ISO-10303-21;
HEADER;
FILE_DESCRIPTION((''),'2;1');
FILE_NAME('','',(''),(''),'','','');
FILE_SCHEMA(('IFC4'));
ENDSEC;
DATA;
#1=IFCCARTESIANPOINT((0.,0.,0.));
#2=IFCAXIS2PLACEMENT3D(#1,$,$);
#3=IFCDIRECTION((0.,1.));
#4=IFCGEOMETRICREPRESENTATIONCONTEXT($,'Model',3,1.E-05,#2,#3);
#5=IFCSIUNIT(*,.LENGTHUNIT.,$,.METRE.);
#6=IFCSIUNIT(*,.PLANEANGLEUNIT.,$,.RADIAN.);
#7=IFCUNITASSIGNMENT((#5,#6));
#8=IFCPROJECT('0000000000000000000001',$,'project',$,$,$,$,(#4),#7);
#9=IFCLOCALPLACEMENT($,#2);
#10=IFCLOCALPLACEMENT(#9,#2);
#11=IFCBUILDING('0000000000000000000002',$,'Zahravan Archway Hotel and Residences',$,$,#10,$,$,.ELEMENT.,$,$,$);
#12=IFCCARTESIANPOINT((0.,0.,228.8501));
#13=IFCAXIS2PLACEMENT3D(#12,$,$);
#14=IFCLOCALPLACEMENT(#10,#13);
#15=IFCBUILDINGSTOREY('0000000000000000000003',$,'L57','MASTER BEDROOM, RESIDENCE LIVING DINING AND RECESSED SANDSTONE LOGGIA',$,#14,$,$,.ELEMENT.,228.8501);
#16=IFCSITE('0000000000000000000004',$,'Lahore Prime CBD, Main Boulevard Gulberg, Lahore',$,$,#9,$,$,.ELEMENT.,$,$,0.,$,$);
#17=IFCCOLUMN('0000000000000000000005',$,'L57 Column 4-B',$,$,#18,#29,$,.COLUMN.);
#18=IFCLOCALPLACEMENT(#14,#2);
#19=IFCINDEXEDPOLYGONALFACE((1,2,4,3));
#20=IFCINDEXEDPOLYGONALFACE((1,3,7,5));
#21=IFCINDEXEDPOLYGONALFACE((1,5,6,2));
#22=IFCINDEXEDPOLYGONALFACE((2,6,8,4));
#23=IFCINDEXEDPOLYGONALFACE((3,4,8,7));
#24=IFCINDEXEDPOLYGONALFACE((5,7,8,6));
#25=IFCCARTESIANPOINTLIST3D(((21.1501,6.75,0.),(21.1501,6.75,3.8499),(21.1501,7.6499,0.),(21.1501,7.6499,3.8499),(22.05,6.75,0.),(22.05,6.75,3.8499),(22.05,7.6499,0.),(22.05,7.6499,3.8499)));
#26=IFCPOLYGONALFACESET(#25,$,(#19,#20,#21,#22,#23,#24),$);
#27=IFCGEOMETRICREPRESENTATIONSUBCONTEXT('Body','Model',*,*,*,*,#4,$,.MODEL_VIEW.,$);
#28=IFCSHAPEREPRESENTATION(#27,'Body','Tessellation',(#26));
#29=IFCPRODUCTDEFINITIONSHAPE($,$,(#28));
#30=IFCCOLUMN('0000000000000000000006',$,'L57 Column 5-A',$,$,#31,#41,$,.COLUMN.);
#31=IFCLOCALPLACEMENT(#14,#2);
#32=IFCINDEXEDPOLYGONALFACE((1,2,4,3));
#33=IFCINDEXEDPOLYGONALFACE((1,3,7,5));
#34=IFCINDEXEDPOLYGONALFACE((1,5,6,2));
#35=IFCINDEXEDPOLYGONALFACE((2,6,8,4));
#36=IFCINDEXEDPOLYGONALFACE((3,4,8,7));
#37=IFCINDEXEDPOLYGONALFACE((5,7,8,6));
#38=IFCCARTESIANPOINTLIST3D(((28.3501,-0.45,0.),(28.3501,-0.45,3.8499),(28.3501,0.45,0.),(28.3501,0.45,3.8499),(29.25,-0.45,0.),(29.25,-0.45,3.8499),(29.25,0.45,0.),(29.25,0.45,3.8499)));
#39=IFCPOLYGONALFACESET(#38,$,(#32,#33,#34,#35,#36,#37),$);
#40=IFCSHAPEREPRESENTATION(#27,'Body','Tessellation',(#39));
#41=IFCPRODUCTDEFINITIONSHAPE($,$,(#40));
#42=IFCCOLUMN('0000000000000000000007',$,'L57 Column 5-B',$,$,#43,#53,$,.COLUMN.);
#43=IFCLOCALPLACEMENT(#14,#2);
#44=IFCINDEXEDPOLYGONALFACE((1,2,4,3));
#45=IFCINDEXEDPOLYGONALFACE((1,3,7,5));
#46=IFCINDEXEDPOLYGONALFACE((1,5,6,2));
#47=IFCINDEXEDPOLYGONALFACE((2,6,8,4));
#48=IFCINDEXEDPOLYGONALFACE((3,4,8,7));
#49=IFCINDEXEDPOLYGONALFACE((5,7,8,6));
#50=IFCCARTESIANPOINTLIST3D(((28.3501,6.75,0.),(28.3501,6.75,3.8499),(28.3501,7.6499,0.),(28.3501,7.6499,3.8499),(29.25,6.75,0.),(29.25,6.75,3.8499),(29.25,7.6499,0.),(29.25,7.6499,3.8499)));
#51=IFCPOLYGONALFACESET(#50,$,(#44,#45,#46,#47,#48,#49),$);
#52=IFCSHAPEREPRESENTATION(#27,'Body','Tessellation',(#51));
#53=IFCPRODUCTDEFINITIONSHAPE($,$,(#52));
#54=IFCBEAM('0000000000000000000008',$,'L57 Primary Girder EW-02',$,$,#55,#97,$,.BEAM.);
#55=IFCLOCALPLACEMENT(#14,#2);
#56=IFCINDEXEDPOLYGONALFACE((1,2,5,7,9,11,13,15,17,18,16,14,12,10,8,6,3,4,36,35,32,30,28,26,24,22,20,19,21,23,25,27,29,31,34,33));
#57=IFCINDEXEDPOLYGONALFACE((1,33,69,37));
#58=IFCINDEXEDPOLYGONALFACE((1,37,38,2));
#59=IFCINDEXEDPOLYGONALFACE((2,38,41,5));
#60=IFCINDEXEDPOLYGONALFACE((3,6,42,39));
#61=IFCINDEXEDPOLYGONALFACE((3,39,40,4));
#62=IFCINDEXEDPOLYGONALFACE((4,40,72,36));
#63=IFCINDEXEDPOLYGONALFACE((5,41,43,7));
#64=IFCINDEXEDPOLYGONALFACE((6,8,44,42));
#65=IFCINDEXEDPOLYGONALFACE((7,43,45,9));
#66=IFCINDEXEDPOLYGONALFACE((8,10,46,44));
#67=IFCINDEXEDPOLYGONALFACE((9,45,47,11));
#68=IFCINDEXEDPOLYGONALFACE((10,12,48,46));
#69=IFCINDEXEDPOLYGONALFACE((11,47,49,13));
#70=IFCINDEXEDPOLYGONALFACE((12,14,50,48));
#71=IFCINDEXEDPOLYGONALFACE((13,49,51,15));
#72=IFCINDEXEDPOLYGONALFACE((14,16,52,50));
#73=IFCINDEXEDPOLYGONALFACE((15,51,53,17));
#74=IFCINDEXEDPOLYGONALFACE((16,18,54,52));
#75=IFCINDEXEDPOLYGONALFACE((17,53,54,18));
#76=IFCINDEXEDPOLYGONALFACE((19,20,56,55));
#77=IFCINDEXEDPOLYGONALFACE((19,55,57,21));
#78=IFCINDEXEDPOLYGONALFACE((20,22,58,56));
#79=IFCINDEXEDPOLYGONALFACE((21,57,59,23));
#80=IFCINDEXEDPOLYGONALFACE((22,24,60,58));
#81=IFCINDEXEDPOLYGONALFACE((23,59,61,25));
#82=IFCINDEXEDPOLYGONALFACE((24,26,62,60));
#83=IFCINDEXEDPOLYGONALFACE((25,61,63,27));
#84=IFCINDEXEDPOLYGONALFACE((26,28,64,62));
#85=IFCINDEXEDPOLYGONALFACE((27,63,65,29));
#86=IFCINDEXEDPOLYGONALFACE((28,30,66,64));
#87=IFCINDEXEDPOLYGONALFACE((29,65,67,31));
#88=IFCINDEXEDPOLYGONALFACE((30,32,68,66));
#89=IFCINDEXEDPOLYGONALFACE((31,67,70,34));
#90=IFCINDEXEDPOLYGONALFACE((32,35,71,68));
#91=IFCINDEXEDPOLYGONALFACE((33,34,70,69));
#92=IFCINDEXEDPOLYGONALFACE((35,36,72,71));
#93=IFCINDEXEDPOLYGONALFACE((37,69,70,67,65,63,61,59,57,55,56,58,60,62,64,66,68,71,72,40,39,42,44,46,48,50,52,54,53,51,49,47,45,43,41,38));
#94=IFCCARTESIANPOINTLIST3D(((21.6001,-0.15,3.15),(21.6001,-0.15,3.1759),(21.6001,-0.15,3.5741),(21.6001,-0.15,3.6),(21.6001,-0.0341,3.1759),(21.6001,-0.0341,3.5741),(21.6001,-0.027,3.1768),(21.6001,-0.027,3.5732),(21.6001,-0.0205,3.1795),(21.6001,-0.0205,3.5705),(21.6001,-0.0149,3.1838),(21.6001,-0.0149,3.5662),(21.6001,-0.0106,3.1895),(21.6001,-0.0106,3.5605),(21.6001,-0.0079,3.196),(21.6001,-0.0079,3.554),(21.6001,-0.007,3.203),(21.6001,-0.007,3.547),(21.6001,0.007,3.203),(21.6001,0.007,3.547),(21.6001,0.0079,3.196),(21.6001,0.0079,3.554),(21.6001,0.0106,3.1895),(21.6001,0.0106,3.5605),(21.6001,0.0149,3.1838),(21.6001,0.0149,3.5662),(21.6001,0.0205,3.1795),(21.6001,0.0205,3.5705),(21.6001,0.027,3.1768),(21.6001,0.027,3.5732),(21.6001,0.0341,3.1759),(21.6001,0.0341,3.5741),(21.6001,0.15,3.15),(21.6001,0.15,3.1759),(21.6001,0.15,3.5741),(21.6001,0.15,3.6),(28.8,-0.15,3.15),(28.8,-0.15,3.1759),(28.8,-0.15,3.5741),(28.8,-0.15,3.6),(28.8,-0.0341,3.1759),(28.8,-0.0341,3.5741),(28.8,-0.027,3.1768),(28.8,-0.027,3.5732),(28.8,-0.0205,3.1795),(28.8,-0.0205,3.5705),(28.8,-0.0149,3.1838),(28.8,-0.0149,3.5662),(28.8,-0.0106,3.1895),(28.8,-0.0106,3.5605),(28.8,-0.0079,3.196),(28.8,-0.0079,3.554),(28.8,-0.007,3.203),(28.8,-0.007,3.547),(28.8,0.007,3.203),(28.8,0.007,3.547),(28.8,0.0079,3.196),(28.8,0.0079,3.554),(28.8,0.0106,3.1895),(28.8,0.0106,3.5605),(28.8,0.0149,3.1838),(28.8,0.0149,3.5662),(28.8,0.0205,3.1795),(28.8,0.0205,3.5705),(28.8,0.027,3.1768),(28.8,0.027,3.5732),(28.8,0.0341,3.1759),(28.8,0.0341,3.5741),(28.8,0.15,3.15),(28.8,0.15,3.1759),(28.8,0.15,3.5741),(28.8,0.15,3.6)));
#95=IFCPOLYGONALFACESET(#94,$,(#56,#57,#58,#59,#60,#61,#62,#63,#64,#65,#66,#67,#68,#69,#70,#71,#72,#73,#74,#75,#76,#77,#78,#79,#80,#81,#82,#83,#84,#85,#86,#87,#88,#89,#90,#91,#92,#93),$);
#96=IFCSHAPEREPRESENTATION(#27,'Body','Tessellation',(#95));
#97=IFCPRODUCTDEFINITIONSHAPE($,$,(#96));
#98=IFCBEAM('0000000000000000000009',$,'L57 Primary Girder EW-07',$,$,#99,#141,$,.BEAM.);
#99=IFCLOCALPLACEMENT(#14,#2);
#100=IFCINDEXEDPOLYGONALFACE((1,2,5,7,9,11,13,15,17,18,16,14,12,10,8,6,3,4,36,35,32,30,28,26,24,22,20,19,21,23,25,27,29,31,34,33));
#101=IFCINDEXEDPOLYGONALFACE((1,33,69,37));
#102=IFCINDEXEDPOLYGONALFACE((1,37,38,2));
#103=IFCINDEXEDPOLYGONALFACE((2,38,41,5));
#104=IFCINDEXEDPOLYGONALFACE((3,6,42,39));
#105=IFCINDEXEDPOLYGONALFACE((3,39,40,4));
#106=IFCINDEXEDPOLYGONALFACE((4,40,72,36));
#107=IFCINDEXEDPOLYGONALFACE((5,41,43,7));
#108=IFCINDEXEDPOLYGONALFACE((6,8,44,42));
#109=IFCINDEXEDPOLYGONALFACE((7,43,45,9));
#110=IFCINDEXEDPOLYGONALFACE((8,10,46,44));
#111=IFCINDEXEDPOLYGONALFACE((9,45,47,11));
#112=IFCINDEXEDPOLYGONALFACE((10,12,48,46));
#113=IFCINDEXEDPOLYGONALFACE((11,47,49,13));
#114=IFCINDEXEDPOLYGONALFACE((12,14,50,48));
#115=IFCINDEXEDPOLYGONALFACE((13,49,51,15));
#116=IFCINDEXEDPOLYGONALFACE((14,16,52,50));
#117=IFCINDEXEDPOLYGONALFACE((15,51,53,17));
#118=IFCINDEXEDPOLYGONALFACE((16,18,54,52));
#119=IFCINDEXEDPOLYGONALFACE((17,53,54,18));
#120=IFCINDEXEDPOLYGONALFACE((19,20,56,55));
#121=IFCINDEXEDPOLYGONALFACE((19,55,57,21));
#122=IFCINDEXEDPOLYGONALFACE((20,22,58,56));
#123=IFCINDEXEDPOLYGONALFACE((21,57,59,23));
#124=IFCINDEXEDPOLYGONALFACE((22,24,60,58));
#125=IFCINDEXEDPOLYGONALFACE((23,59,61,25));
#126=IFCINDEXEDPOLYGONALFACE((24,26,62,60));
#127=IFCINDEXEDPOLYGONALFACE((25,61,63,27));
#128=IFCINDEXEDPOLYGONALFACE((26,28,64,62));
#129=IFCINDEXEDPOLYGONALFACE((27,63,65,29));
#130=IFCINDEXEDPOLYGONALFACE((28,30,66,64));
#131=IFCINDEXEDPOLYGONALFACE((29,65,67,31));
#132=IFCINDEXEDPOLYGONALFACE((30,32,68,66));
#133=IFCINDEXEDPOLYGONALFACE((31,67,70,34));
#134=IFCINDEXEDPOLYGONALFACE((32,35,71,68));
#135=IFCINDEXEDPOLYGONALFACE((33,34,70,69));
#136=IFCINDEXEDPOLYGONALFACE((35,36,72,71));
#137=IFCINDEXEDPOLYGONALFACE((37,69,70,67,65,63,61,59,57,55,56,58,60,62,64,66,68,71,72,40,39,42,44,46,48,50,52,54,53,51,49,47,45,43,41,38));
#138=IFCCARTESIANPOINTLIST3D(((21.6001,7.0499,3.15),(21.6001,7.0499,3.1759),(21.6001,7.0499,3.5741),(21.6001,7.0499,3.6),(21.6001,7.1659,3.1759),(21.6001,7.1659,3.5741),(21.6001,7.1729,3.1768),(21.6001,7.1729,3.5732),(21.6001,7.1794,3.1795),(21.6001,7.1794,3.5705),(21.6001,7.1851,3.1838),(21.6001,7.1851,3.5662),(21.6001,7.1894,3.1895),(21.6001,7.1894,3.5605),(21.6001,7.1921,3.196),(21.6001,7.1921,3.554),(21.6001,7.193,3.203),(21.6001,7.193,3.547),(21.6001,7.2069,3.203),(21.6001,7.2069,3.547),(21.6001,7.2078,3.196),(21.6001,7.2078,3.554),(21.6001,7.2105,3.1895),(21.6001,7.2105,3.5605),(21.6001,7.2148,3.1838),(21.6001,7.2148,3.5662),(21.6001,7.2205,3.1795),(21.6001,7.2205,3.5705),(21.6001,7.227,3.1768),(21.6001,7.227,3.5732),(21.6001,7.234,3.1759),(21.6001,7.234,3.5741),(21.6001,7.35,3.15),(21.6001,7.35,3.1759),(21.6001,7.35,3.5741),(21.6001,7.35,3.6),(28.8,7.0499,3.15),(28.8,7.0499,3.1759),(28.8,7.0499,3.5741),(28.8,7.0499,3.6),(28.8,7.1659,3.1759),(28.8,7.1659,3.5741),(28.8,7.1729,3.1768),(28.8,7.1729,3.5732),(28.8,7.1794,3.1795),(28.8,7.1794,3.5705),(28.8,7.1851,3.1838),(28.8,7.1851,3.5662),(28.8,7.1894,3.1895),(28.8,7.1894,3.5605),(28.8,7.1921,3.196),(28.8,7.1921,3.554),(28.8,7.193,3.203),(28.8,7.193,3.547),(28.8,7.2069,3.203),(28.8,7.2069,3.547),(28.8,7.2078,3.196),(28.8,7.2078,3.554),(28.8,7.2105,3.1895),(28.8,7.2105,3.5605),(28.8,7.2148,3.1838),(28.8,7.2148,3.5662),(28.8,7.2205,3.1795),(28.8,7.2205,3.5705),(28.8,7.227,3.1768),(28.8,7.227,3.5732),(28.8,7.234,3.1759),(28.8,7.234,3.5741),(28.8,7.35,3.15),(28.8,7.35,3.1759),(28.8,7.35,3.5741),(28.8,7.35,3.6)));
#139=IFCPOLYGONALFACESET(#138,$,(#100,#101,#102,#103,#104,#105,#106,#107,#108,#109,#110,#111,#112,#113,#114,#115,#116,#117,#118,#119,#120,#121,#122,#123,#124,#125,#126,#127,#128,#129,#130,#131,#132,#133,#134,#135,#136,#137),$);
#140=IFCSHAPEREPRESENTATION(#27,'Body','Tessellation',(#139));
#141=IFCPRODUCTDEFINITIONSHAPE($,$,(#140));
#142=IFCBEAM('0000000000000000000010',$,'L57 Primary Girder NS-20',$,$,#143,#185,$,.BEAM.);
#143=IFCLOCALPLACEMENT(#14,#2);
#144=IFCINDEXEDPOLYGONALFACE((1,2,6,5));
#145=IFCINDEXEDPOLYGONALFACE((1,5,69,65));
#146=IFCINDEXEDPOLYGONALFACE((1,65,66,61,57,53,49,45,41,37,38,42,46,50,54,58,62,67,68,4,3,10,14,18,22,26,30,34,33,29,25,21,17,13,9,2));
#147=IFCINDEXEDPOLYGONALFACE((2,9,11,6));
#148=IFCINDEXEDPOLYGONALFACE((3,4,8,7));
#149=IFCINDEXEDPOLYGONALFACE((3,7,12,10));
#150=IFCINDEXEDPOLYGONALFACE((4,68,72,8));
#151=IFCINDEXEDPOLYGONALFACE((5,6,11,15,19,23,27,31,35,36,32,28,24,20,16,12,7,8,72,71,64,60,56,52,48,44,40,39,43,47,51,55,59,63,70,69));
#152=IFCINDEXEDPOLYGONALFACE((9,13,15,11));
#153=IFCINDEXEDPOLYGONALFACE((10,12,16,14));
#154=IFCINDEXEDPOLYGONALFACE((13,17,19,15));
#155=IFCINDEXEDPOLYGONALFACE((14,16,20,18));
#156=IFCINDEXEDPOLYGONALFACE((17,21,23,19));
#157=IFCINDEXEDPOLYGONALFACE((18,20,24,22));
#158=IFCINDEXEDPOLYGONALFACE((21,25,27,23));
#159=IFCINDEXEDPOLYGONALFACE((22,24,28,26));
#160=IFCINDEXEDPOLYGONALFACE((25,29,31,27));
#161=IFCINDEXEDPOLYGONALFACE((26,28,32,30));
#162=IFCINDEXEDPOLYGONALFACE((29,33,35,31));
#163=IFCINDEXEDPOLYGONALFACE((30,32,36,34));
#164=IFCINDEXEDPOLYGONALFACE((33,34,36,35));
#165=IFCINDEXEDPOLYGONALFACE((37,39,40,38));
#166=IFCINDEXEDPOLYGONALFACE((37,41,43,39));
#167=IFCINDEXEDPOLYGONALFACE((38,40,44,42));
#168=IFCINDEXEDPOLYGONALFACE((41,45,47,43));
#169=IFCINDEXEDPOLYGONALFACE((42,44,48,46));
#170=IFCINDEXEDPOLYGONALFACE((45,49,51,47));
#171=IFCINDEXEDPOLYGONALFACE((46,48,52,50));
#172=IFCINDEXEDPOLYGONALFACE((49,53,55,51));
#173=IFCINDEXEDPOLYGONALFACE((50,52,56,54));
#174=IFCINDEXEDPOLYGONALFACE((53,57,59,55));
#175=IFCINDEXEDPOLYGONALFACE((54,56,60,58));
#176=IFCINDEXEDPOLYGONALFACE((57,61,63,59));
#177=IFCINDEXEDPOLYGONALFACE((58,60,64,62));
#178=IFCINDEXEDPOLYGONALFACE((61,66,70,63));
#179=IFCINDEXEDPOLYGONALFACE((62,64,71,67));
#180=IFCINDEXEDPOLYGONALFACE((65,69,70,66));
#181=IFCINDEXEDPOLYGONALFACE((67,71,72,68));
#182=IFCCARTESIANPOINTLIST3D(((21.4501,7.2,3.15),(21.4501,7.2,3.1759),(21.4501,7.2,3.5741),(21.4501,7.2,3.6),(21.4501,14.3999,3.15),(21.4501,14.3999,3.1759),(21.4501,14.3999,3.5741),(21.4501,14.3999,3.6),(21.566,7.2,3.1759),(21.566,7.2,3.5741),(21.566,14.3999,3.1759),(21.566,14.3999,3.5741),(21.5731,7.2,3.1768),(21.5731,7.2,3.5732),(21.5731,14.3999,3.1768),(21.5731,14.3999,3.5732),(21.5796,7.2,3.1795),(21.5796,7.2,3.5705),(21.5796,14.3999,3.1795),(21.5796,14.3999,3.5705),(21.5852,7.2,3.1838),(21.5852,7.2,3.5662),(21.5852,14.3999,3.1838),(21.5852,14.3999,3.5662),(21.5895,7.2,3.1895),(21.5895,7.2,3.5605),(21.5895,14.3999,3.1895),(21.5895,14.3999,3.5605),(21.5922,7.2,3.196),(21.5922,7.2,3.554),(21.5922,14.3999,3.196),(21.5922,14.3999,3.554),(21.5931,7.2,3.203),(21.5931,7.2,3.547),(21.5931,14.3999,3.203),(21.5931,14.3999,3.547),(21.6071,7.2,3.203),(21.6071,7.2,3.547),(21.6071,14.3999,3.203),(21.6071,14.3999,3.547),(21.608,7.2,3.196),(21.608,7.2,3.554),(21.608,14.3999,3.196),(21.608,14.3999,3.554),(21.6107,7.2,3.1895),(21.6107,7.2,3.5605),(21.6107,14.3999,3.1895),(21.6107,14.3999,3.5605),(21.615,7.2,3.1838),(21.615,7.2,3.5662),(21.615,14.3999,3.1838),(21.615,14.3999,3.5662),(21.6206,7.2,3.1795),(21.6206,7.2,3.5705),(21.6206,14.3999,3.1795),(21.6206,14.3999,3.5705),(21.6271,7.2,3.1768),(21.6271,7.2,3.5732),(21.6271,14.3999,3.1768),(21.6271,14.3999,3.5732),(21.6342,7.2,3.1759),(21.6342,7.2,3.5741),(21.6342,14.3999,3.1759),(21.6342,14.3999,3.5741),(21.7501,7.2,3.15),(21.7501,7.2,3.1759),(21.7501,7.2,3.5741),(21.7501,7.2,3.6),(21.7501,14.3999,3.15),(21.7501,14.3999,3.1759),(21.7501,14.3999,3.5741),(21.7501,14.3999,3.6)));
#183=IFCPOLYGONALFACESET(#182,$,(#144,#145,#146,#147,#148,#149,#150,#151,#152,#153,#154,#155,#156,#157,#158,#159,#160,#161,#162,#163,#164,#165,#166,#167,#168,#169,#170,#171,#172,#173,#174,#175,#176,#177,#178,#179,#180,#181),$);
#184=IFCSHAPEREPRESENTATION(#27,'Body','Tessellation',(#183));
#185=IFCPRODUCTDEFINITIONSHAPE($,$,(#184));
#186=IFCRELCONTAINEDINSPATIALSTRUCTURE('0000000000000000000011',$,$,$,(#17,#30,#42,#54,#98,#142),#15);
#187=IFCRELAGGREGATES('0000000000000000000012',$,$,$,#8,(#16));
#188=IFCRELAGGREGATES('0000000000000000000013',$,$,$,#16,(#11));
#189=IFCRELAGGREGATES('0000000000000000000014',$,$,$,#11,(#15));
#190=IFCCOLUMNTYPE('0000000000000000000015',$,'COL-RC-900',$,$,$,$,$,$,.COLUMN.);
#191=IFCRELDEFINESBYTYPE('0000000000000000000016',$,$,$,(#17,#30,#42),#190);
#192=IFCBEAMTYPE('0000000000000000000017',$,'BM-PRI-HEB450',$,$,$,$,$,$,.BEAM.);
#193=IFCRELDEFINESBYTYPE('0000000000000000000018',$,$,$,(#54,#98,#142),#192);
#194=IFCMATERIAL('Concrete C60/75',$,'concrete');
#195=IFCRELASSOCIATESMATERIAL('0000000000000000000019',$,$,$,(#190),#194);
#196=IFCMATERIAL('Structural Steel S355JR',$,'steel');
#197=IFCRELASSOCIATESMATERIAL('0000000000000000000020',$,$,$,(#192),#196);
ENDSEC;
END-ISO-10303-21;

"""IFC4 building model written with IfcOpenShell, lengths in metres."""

from ifc_helpers import new_model, si_unit, direction, frame, origin, origin_2d, place, context, subcontext, project, spatial, rectangle, i_section, extrude, source, transform, mapped, material, material_profile, profile_set, type_object, element, save


model = new_model("IFC4")

# Units and contexts
model_context = context("Model", 3, precision=1e-05, world=origin(), true_north=direction((0.0, 1.0)))
body_context = subcontext(model_context, "Body", "Model", "MODEL_VIEW")
ifc_project = project(units=[si_unit("LENGTHUNIT", "METRE"), si_unit("PLANEANGLEUNIT", "RADIAN")], contexts=[model_context])

# Site, building, storey
site_placement = place(None, origin())
site = spatial("IfcSite", under=ifc_project, at=site_placement, Name="Lahore Prime CBD, Main Boulevard Gulberg, Lahore", CompositionType="ELEMENT", RefElevation=0.0)
building_placement = place(site_placement, origin())
building = spatial("IfcBuilding", under=site, at=building_placement, Name="Zahravan Archway Hotel and Residences", CompositionType="ELEMENT")
storey_placement = place(building_placement, frame((0.0, 0.0, 228.8501)))
storey = spatial("IfcBuildingStorey", under=building, at=storey_placement, Name="L57", Description="MASTER BEDROOM, RESIDENCE LIVING DINING AND RECESSED SANDSTONE LOGGIA", CompositionType="ELEMENT", Elevation=228.8501)

# Columns
ifc_material_1 = material(Name="Concrete C60/75", Category="concrete")
ifc_material_profile_1 = material_profile(ifc_material_1, rectangle(XDim=0.8999, YDim=0.8999, at=origin_2d()), Name="RC-COL-900x900", Category="concrete")
ifc_profile_set_1 = profile_set([ifc_material_profile_1], Name="Concrete C60/75")
column_type = type_object("IfcColumnType", Name="COL-RC-900", PredefinedType="COLUMN", material=ifc_profile_set_1)
shared_shape_1 = source(origin(), body_context, "Body", "SweptSolid", [
    extrude(rectangle(XDim=0.8999, YDim=0.8999, at=origin_2d()), origin(), (0.0, 0.0, 1.0), 3.8499),
])
for number, where, z_axis, x_axis, name in (
    (1, (21.6001, 7.2, 0.0), (0.0, 0.0, 1.0), (1.0, 0.0, 0.0), "L57 Column 4-B"),
    (2, (28.8, 0.0, 0.0), (0.0, 0.0, 1.0), (1.0, 0.0, 0.0), "L57 Column 5-A"),
    (3, (28.8, 7.2, 0.0), (0.0, 0.0, 1.0), (1.0, 0.0, 0.0), "L57 Column 5-B"),
):
    element("IfcColumn", number, at=place(storey_placement, frame(where, z_axis=z_axis, x_axis=x_axis)), inside=storey, type_object=column_type, Name=name, PredefinedType="COLUMN", context=body_context, shape_type="MappedRepresentation", body=[
        mapped(shared_shape_1, transform((0.0, 0.0, 0.0), scale=1.0)),
    ])

# Beams
ifc_material_2 = material(Name="Structural Steel S355JR", Category="steel")
ifc_material_profile_2 = material_profile(ifc_material_2, i_section(OverallWidth=0.3, OverallDepth=0.45, WebThickness=0.0139, FlangeThickness=0.0259, FilletRadius=0.0271, at=origin_2d()), Name="HEB 450", Category="steel")
ifc_profile_set_2 = profile_set([ifc_material_profile_2], Name="Structural Steel S355JR")
beam_type_1 = type_object("IfcBeamType", Name="BM-PRI-HEB450", PredefinedType="BEAM", material=ifc_profile_set_2)
shared_shape_2 = source(origin(), body_context, "Body", "SweptSolid", [
    extrude(i_section(OverallWidth=0.3, OverallDepth=0.45, WebThickness=0.0139, FlangeThickness=0.0259, FilletRadius=0.0271, at=origin_2d()), origin(), (0.0, 0.0, 1.0), 7.2),
])
for number, where, z_axis, x_axis, name in (
    (4, (21.6001, 0.0, 3.375), (1.0, 0.0, 0.0), (0.0, 1.0, 0.0), "L57 Primary Girder EW-02"),
    (5, (21.6001, 7.2, 3.375), (1.0, 0.0, 0.0), (0.0, 1.0, 0.0), "L57 Primary Girder EW-07"),
    (6, (21.6001, 7.2, 3.375), (0.0, 1.0, 0.0), (-1.0, 0.0, 0.0), "L57 Primary Girder NS-20"),
):
    element("IfcBeam", number, at=place(storey_placement, frame(where, z_axis=z_axis, x_axis=x_axis)), inside=storey, type_object=beam_type_1, Name=name, PredefinedType="BEAM", context=body_context, shape_type="MappedRepresentation", body=[
        mapped(shared_shape_2, transform((0.0, 0.0, 0.0), scale=1.0)),
    ])

save(model, "model.ifc")
